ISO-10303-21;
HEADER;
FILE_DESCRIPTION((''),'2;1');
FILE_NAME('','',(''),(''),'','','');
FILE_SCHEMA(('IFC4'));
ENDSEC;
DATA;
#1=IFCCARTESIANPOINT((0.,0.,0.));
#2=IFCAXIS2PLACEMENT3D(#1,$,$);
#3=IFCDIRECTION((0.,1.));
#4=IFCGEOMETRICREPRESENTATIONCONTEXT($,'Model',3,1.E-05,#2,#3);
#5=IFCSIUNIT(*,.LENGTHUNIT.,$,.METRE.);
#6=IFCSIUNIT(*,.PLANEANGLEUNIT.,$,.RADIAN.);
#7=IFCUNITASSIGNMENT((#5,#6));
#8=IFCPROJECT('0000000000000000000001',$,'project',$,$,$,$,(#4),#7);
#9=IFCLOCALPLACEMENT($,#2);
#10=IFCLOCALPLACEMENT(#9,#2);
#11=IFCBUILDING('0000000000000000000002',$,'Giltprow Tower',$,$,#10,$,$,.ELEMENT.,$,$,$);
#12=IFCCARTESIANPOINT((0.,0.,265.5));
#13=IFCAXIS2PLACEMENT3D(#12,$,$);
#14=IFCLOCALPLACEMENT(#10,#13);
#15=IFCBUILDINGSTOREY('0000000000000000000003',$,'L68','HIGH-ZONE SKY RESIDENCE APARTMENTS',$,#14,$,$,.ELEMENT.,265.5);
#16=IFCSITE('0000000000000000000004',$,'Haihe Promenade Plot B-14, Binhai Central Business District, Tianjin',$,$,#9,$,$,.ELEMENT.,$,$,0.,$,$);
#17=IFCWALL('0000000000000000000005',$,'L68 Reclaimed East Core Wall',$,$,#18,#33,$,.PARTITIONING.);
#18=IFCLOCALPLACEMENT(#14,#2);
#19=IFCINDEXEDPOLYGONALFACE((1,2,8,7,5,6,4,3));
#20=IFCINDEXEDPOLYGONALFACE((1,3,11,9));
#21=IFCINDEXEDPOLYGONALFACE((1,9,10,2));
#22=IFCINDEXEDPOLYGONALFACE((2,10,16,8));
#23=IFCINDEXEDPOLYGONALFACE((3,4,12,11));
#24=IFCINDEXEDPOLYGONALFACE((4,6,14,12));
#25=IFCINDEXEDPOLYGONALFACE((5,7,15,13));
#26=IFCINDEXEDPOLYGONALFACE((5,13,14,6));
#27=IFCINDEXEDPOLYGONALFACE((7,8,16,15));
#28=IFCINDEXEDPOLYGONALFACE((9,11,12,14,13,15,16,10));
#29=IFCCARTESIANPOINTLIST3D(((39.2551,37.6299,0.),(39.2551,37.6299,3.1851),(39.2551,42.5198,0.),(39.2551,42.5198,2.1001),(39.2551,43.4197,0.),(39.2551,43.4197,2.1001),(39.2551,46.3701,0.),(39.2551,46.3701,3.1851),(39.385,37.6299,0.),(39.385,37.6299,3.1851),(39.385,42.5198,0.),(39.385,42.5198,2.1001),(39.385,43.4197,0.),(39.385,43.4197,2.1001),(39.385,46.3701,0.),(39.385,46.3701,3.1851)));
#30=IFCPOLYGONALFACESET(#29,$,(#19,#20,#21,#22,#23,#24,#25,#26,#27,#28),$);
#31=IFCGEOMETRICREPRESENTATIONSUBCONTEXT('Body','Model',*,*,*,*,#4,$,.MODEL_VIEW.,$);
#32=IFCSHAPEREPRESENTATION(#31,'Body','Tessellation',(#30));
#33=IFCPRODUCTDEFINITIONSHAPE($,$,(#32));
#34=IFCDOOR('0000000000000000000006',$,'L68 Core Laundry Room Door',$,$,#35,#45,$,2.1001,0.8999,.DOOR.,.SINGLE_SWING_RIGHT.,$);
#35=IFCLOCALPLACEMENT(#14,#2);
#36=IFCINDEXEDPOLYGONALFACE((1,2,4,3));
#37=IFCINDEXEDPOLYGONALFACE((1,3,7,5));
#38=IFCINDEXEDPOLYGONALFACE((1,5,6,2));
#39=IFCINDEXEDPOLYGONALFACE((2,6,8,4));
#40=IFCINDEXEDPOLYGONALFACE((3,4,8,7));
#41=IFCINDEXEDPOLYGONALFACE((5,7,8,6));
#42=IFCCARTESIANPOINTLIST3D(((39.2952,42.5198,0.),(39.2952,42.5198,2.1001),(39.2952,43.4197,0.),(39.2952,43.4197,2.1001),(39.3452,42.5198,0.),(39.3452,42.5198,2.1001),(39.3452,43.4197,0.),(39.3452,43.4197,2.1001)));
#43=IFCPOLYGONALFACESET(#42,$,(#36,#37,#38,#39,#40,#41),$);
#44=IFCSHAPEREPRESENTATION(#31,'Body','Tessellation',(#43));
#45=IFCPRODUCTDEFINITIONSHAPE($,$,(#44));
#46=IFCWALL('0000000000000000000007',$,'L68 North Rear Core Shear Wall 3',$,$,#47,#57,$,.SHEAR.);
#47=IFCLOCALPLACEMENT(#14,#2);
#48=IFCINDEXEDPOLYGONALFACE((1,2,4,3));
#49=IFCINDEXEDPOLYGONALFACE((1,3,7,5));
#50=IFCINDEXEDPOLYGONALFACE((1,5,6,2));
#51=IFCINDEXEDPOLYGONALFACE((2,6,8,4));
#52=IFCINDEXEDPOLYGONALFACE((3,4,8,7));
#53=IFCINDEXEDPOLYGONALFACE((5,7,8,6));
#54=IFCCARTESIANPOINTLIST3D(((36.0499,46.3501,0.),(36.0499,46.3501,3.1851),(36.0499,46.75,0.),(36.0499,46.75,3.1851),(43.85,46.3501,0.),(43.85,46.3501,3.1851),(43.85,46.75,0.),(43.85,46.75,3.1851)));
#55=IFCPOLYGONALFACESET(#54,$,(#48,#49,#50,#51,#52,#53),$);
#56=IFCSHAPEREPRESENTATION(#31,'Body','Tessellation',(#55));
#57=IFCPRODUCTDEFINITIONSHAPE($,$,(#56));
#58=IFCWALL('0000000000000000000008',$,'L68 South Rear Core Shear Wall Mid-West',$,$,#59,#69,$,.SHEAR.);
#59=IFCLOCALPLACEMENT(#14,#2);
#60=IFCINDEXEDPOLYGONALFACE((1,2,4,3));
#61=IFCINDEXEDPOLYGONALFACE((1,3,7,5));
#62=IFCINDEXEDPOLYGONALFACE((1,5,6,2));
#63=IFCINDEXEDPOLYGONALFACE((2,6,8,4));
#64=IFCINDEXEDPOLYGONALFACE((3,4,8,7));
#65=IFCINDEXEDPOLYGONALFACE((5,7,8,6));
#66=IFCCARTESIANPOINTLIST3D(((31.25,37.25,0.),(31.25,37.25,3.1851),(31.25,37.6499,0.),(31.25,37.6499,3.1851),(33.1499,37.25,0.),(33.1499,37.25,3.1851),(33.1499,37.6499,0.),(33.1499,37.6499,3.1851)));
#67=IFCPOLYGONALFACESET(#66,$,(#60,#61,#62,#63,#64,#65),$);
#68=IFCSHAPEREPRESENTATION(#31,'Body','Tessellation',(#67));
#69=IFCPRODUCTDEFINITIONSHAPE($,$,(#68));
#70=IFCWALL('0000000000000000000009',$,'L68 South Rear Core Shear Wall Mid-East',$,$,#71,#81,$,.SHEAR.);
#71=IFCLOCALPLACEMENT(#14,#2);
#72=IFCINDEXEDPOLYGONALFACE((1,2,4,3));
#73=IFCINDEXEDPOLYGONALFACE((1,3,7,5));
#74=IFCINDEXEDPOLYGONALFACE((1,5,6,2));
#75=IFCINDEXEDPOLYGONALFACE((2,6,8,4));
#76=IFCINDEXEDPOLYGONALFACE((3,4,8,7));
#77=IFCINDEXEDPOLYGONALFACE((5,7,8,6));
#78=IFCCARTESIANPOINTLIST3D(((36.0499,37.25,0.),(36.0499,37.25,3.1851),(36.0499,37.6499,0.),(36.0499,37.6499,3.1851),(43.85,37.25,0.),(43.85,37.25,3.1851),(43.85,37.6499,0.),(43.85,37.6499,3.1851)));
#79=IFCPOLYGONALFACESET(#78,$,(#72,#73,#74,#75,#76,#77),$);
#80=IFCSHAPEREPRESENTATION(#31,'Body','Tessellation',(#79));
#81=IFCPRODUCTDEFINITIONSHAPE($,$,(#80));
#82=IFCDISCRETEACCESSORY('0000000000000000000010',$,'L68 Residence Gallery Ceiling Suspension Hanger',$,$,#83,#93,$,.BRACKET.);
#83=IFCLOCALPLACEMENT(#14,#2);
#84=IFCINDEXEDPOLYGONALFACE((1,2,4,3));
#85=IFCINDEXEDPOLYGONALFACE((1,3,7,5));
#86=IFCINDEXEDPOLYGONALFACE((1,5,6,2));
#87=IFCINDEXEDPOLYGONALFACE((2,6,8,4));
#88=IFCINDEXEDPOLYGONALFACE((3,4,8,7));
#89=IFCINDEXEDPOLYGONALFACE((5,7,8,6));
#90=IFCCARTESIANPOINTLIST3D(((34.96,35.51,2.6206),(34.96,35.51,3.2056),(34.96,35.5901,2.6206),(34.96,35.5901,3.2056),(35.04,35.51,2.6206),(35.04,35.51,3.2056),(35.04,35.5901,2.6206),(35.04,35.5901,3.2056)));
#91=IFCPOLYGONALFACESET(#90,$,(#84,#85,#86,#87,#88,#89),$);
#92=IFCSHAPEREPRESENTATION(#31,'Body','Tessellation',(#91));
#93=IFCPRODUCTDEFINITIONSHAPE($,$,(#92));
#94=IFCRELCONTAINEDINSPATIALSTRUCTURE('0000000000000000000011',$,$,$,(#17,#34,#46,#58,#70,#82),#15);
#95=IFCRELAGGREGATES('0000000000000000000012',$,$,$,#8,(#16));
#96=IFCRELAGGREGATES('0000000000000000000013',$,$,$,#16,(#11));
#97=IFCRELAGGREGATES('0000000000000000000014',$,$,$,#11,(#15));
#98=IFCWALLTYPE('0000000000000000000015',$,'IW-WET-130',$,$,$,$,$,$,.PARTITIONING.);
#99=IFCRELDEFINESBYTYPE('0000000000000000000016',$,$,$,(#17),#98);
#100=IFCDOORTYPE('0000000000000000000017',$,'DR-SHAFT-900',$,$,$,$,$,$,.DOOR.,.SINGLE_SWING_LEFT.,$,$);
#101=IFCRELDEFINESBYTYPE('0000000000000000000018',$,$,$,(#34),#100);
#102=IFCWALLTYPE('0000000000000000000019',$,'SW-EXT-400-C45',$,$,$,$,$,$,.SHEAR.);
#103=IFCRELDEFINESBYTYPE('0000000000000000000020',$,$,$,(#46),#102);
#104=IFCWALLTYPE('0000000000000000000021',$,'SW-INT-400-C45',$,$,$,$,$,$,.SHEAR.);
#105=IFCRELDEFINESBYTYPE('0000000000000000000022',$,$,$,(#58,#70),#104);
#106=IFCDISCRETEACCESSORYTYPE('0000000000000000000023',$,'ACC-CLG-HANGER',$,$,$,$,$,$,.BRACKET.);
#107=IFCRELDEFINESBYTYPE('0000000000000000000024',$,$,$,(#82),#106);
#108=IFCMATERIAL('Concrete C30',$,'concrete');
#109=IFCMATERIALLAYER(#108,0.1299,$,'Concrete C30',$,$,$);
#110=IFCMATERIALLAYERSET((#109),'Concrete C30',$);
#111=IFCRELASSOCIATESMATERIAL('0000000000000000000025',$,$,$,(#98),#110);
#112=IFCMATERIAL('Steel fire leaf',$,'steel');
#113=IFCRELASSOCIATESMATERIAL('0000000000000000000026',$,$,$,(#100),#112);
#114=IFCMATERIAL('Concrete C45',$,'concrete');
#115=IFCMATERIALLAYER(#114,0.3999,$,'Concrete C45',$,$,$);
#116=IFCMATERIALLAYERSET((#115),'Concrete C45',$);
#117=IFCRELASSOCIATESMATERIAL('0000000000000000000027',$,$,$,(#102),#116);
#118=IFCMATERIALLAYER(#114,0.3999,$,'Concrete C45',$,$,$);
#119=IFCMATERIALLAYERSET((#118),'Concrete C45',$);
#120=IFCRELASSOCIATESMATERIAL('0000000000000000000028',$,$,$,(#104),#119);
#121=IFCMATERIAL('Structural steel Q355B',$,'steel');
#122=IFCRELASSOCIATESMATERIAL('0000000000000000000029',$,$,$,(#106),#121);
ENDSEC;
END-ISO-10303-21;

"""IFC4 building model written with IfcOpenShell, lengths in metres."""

from ifc_helpers import new_model, si_unit, direction, frame, frame_2d, origin, origin_2d, place, context, subcontext, project, spatial, rectangle, extrude, source, transform, mapped, material, layer, layer_set, type_object, element, fill, save


model = new_model("IFC4")

# Units and contexts
model_context = context("Model", 3, precision=1e-05, world=origin(), true_north=direction((0.0, 1.0)))
body_context = subcontext(model_context, "Body", "Model", "MODEL_VIEW")
ifc_project = project(units=[si_unit("LENGTHUNIT", "METRE"), si_unit("PLANEANGLEUNIT", "RADIAN")], contexts=[model_context])

# Site, building, storey
site_placement = place(None, origin())
site = spatial("IfcSite", under=ifc_project, at=site_placement, Name="Haihe Promenade Plot B-14, Binhai Central Business District, Tianjin", CompositionType="ELEMENT", RefElevation=0.0)
building_placement = place(site_placement, origin())
building = spatial("IfcBuilding", under=site, at=building_placement, Name="Giltprow Tower", CompositionType="ELEMENT")
storey_placement = place(building_placement, frame((0.0, 0.0, 265.5)))
storey = spatial("IfcBuildingStorey", under=building, at=storey_placement, Name="L68", Description="HIGH-ZONE SKY RESIDENCE APARTMENTS", CompositionType="ELEMENT", Elevation=265.5)

# Shared definitions
ifc_material_1 = material(Name="Concrete C45", Category="concrete")

# Shared definitions
ifc_material_2 = material(Name="Structural steel Q355B", Category="steel")

# Shared definitions
ifc_material_3 = material(Name="Concrete C30", Category="concrete")
ifc_layer_1 = layer(ifc_material_3, 0.1299, Name="Concrete C30")
ifc_layer_set_1 = layer_set([ifc_layer_1], Name="Concrete C30")
wall_type_1 = type_object("IfcWallType", Name="IW-WET-130", PredefinedType="PARTITIONING", material=ifc_layer_set_1)
ifc_material_4 = material(Name="Steel fire leaf", Category="steel")
door_type_1 = type_object("IfcDoorType", Name="DR-SHAFT-900", OperationType="SINGLE_SWING_LEFT", PredefinedType="DOOR", material=ifc_material_4)
shared_shape_1 = source(origin(), body_context, "Body", "SweptSolid", [
    extrude(rectangle(XDim=0.8999, YDim=2.1001, at=frame_2d((0.45, 1.05))), frame((0.0, 0.0249, 0.0), z_axis=(0.0, -1.0, 0.0), x_axis=(1.0, 0.0, 0.0)), (0.0, 0.0, 1.0), 0.05),
])

# Wall, opening, door
wall_1_placement = place(storey_placement, frame((39.3201, 37.6299, 0.0), z_axis=(0.0, 0.0, 1.0), x_axis=(0.0, 1.0, 0.0)))
wall_1 = element("IfcWall", 1, at=wall_1_placement, inside=storey, type_object=wall_type_1, Name="L68 Reclaimed East Core Wall", PredefinedType="PARTITIONING", context=body_context, shape_type="SweptSolid", body=[
    extrude(rectangle(XDim=8.7402, YDim=0.1299, at=frame_2d((4.3701, 0.0))), origin(), (0.0, 0.0, 1.0), 3.1851),
])
opening_1_placement = place(wall_1_placement, frame((4.8899, 0.0, 0.0)))
opening_1 = element("IfcOpeningElement", 2, at=opening_1_placement, cuts=wall_1, PredefinedType="OPENING", context=body_context, shape_type="SweptSolid", body=[
    extrude(rectangle(XDim=0.8999, YDim=2.1001, at=frame_2d((0.45, 1.05))), frame((0.0, 0.075, 0.0), z_axis=(0.0, -1.0, 0.0), x_axis=(1.0, 0.0, 0.0)), (0.0, 0.0, 1.0), 0.1499),
])
door_1_placement = place(opening_1_placement, origin())
door_1 = element("IfcDoor", 3, at=door_1_placement, inside=storey, type_object=door_type_1, Name="L68 Core Laundry Room Door", OperationType="SINGLE_SWING_RIGHT", OverallHeight=2.1001, OverallWidth=0.8999, PredefinedType="DOOR", context=body_context, shape_type="MappedRepresentation", body=[
    mapped(shared_shape_1, transform((0.0, 0.0, 0.0), x_axis=(1.0, 0.0, 0.0), y_axis=(0.0, 1.0, 0.0), z_axis=(0.0, 0.0, 1.0), scale=1.0)),
])
fill(opening_1, door_1)

# Walls
ifc_layer_2 = layer(ifc_material_1, 0.3999, Name="Concrete C45")
ifc_layer_set_2 = layer_set([ifc_layer_2], Name="Concrete C45")
wall_type_2 = type_object("IfcWallType", Name="SW-EXT-400-C45", PredefinedType="SHEAR", material=ifc_layer_set_2)
wall_2_placement = place(storey_placement, frame((36.05, 46.55, 0.0), z_axis=(0.0, 0.0, 1.0), x_axis=(1.0, 0.0, 0.0)))
element("IfcWall", 4, at=wall_2_placement, inside=storey, type_object=wall_type_2, Name="L68 North Rear Core Shear Wall 3", PredefinedType="SHEAR", context=body_context, shape_type="SweptSolid", body=[
    extrude(rectangle(XDim=7.8, YDim=0.3999, at=frame_2d((3.8999, 0.0))), origin(), (0.0, 0.0, 1.0), 3.1851),
])
ifc_layer_3 = layer(ifc_material_1, 0.3999, Name="Concrete C45")
ifc_layer_set_3 = layer_set([ifc_layer_3], Name="Concrete C45")
wall_type_3 = type_object("IfcWallType", Name="SW-INT-400-C45", PredefinedType="SHEAR", material=ifc_layer_set_3)
wall_3_placement = place(storey_placement, frame((31.25, 37.45, 0.0), z_axis=(0.0, 0.0, 1.0), x_axis=(1.0, 0.0, 0.0)))
element("IfcWall", 5, at=wall_3_placement, inside=storey, type_object=wall_type_3, Name="L68 South Rear Core Shear Wall Mid-West", PredefinedType="SHEAR", context=body_context, shape_type="SweptSolid", body=[
    extrude(rectangle(XDim=1.8999, YDim=0.3999, at=frame_2d((0.95, 0.0))), origin(), (0.0, 0.0, 1.0), 3.1851),
])
wall_4_placement = place(storey_placement, frame((36.05, 37.45, 0.0), z_axis=(0.0, 0.0, 1.0), x_axis=(1.0, 0.0, 0.0)))
element("IfcWall", 6, at=wall_4_placement, inside=storey, type_object=wall_type_3, Name="L68 South Rear Core Shear Wall Mid-East", PredefinedType="SHEAR", context=body_context, shape_type="SweptSolid", body=[
    extrude(rectangle(XDim=7.8, YDim=0.3999, at=frame_2d((3.8999, 0.0))), origin(), (0.0, 0.0, 1.0), 3.1851),
])

# Discrete accessory
discrete_accessory_type = type_object("IfcDiscreteAccessoryType", Name="ACC-CLG-HANGER", PredefinedType="BRACKET", material=ifc_material_2)
shared_shape_2 = source(origin(), body_context, "Body", "SweptSolid", [
    extrude(rectangle(XDim=0.0801, YDim=0.0801, at=origin_2d()), origin(), (0.0, 0.0, 1.0), 0.585),
])
discrete_accessory_placement = place(storey_placement, frame((35.0, 35.55, 2.6206), z_axis=(0.0, 0.0, 1.0), x_axis=(1.0, 0.0, 0.0)))
element("IfcDiscreteAccessory", 7, at=discrete_accessory_placement, inside=storey, type_object=discrete_accessory_type, Name="L68 Residence Gallery Ceiling Suspension Hanger", PredefinedType="BRACKET", context=body_context, shape_type="MappedRepresentation", body=[
    mapped(shared_shape_2, transform((0.0, 0.0, 0.0), x_axis=(1.0, 0.0, 0.0), y_axis=(0.0, 1.0, 0.0), z_axis=(0.0, 0.0, 1.0), scale=1.0)),
])

save(model, "model.ifc")
